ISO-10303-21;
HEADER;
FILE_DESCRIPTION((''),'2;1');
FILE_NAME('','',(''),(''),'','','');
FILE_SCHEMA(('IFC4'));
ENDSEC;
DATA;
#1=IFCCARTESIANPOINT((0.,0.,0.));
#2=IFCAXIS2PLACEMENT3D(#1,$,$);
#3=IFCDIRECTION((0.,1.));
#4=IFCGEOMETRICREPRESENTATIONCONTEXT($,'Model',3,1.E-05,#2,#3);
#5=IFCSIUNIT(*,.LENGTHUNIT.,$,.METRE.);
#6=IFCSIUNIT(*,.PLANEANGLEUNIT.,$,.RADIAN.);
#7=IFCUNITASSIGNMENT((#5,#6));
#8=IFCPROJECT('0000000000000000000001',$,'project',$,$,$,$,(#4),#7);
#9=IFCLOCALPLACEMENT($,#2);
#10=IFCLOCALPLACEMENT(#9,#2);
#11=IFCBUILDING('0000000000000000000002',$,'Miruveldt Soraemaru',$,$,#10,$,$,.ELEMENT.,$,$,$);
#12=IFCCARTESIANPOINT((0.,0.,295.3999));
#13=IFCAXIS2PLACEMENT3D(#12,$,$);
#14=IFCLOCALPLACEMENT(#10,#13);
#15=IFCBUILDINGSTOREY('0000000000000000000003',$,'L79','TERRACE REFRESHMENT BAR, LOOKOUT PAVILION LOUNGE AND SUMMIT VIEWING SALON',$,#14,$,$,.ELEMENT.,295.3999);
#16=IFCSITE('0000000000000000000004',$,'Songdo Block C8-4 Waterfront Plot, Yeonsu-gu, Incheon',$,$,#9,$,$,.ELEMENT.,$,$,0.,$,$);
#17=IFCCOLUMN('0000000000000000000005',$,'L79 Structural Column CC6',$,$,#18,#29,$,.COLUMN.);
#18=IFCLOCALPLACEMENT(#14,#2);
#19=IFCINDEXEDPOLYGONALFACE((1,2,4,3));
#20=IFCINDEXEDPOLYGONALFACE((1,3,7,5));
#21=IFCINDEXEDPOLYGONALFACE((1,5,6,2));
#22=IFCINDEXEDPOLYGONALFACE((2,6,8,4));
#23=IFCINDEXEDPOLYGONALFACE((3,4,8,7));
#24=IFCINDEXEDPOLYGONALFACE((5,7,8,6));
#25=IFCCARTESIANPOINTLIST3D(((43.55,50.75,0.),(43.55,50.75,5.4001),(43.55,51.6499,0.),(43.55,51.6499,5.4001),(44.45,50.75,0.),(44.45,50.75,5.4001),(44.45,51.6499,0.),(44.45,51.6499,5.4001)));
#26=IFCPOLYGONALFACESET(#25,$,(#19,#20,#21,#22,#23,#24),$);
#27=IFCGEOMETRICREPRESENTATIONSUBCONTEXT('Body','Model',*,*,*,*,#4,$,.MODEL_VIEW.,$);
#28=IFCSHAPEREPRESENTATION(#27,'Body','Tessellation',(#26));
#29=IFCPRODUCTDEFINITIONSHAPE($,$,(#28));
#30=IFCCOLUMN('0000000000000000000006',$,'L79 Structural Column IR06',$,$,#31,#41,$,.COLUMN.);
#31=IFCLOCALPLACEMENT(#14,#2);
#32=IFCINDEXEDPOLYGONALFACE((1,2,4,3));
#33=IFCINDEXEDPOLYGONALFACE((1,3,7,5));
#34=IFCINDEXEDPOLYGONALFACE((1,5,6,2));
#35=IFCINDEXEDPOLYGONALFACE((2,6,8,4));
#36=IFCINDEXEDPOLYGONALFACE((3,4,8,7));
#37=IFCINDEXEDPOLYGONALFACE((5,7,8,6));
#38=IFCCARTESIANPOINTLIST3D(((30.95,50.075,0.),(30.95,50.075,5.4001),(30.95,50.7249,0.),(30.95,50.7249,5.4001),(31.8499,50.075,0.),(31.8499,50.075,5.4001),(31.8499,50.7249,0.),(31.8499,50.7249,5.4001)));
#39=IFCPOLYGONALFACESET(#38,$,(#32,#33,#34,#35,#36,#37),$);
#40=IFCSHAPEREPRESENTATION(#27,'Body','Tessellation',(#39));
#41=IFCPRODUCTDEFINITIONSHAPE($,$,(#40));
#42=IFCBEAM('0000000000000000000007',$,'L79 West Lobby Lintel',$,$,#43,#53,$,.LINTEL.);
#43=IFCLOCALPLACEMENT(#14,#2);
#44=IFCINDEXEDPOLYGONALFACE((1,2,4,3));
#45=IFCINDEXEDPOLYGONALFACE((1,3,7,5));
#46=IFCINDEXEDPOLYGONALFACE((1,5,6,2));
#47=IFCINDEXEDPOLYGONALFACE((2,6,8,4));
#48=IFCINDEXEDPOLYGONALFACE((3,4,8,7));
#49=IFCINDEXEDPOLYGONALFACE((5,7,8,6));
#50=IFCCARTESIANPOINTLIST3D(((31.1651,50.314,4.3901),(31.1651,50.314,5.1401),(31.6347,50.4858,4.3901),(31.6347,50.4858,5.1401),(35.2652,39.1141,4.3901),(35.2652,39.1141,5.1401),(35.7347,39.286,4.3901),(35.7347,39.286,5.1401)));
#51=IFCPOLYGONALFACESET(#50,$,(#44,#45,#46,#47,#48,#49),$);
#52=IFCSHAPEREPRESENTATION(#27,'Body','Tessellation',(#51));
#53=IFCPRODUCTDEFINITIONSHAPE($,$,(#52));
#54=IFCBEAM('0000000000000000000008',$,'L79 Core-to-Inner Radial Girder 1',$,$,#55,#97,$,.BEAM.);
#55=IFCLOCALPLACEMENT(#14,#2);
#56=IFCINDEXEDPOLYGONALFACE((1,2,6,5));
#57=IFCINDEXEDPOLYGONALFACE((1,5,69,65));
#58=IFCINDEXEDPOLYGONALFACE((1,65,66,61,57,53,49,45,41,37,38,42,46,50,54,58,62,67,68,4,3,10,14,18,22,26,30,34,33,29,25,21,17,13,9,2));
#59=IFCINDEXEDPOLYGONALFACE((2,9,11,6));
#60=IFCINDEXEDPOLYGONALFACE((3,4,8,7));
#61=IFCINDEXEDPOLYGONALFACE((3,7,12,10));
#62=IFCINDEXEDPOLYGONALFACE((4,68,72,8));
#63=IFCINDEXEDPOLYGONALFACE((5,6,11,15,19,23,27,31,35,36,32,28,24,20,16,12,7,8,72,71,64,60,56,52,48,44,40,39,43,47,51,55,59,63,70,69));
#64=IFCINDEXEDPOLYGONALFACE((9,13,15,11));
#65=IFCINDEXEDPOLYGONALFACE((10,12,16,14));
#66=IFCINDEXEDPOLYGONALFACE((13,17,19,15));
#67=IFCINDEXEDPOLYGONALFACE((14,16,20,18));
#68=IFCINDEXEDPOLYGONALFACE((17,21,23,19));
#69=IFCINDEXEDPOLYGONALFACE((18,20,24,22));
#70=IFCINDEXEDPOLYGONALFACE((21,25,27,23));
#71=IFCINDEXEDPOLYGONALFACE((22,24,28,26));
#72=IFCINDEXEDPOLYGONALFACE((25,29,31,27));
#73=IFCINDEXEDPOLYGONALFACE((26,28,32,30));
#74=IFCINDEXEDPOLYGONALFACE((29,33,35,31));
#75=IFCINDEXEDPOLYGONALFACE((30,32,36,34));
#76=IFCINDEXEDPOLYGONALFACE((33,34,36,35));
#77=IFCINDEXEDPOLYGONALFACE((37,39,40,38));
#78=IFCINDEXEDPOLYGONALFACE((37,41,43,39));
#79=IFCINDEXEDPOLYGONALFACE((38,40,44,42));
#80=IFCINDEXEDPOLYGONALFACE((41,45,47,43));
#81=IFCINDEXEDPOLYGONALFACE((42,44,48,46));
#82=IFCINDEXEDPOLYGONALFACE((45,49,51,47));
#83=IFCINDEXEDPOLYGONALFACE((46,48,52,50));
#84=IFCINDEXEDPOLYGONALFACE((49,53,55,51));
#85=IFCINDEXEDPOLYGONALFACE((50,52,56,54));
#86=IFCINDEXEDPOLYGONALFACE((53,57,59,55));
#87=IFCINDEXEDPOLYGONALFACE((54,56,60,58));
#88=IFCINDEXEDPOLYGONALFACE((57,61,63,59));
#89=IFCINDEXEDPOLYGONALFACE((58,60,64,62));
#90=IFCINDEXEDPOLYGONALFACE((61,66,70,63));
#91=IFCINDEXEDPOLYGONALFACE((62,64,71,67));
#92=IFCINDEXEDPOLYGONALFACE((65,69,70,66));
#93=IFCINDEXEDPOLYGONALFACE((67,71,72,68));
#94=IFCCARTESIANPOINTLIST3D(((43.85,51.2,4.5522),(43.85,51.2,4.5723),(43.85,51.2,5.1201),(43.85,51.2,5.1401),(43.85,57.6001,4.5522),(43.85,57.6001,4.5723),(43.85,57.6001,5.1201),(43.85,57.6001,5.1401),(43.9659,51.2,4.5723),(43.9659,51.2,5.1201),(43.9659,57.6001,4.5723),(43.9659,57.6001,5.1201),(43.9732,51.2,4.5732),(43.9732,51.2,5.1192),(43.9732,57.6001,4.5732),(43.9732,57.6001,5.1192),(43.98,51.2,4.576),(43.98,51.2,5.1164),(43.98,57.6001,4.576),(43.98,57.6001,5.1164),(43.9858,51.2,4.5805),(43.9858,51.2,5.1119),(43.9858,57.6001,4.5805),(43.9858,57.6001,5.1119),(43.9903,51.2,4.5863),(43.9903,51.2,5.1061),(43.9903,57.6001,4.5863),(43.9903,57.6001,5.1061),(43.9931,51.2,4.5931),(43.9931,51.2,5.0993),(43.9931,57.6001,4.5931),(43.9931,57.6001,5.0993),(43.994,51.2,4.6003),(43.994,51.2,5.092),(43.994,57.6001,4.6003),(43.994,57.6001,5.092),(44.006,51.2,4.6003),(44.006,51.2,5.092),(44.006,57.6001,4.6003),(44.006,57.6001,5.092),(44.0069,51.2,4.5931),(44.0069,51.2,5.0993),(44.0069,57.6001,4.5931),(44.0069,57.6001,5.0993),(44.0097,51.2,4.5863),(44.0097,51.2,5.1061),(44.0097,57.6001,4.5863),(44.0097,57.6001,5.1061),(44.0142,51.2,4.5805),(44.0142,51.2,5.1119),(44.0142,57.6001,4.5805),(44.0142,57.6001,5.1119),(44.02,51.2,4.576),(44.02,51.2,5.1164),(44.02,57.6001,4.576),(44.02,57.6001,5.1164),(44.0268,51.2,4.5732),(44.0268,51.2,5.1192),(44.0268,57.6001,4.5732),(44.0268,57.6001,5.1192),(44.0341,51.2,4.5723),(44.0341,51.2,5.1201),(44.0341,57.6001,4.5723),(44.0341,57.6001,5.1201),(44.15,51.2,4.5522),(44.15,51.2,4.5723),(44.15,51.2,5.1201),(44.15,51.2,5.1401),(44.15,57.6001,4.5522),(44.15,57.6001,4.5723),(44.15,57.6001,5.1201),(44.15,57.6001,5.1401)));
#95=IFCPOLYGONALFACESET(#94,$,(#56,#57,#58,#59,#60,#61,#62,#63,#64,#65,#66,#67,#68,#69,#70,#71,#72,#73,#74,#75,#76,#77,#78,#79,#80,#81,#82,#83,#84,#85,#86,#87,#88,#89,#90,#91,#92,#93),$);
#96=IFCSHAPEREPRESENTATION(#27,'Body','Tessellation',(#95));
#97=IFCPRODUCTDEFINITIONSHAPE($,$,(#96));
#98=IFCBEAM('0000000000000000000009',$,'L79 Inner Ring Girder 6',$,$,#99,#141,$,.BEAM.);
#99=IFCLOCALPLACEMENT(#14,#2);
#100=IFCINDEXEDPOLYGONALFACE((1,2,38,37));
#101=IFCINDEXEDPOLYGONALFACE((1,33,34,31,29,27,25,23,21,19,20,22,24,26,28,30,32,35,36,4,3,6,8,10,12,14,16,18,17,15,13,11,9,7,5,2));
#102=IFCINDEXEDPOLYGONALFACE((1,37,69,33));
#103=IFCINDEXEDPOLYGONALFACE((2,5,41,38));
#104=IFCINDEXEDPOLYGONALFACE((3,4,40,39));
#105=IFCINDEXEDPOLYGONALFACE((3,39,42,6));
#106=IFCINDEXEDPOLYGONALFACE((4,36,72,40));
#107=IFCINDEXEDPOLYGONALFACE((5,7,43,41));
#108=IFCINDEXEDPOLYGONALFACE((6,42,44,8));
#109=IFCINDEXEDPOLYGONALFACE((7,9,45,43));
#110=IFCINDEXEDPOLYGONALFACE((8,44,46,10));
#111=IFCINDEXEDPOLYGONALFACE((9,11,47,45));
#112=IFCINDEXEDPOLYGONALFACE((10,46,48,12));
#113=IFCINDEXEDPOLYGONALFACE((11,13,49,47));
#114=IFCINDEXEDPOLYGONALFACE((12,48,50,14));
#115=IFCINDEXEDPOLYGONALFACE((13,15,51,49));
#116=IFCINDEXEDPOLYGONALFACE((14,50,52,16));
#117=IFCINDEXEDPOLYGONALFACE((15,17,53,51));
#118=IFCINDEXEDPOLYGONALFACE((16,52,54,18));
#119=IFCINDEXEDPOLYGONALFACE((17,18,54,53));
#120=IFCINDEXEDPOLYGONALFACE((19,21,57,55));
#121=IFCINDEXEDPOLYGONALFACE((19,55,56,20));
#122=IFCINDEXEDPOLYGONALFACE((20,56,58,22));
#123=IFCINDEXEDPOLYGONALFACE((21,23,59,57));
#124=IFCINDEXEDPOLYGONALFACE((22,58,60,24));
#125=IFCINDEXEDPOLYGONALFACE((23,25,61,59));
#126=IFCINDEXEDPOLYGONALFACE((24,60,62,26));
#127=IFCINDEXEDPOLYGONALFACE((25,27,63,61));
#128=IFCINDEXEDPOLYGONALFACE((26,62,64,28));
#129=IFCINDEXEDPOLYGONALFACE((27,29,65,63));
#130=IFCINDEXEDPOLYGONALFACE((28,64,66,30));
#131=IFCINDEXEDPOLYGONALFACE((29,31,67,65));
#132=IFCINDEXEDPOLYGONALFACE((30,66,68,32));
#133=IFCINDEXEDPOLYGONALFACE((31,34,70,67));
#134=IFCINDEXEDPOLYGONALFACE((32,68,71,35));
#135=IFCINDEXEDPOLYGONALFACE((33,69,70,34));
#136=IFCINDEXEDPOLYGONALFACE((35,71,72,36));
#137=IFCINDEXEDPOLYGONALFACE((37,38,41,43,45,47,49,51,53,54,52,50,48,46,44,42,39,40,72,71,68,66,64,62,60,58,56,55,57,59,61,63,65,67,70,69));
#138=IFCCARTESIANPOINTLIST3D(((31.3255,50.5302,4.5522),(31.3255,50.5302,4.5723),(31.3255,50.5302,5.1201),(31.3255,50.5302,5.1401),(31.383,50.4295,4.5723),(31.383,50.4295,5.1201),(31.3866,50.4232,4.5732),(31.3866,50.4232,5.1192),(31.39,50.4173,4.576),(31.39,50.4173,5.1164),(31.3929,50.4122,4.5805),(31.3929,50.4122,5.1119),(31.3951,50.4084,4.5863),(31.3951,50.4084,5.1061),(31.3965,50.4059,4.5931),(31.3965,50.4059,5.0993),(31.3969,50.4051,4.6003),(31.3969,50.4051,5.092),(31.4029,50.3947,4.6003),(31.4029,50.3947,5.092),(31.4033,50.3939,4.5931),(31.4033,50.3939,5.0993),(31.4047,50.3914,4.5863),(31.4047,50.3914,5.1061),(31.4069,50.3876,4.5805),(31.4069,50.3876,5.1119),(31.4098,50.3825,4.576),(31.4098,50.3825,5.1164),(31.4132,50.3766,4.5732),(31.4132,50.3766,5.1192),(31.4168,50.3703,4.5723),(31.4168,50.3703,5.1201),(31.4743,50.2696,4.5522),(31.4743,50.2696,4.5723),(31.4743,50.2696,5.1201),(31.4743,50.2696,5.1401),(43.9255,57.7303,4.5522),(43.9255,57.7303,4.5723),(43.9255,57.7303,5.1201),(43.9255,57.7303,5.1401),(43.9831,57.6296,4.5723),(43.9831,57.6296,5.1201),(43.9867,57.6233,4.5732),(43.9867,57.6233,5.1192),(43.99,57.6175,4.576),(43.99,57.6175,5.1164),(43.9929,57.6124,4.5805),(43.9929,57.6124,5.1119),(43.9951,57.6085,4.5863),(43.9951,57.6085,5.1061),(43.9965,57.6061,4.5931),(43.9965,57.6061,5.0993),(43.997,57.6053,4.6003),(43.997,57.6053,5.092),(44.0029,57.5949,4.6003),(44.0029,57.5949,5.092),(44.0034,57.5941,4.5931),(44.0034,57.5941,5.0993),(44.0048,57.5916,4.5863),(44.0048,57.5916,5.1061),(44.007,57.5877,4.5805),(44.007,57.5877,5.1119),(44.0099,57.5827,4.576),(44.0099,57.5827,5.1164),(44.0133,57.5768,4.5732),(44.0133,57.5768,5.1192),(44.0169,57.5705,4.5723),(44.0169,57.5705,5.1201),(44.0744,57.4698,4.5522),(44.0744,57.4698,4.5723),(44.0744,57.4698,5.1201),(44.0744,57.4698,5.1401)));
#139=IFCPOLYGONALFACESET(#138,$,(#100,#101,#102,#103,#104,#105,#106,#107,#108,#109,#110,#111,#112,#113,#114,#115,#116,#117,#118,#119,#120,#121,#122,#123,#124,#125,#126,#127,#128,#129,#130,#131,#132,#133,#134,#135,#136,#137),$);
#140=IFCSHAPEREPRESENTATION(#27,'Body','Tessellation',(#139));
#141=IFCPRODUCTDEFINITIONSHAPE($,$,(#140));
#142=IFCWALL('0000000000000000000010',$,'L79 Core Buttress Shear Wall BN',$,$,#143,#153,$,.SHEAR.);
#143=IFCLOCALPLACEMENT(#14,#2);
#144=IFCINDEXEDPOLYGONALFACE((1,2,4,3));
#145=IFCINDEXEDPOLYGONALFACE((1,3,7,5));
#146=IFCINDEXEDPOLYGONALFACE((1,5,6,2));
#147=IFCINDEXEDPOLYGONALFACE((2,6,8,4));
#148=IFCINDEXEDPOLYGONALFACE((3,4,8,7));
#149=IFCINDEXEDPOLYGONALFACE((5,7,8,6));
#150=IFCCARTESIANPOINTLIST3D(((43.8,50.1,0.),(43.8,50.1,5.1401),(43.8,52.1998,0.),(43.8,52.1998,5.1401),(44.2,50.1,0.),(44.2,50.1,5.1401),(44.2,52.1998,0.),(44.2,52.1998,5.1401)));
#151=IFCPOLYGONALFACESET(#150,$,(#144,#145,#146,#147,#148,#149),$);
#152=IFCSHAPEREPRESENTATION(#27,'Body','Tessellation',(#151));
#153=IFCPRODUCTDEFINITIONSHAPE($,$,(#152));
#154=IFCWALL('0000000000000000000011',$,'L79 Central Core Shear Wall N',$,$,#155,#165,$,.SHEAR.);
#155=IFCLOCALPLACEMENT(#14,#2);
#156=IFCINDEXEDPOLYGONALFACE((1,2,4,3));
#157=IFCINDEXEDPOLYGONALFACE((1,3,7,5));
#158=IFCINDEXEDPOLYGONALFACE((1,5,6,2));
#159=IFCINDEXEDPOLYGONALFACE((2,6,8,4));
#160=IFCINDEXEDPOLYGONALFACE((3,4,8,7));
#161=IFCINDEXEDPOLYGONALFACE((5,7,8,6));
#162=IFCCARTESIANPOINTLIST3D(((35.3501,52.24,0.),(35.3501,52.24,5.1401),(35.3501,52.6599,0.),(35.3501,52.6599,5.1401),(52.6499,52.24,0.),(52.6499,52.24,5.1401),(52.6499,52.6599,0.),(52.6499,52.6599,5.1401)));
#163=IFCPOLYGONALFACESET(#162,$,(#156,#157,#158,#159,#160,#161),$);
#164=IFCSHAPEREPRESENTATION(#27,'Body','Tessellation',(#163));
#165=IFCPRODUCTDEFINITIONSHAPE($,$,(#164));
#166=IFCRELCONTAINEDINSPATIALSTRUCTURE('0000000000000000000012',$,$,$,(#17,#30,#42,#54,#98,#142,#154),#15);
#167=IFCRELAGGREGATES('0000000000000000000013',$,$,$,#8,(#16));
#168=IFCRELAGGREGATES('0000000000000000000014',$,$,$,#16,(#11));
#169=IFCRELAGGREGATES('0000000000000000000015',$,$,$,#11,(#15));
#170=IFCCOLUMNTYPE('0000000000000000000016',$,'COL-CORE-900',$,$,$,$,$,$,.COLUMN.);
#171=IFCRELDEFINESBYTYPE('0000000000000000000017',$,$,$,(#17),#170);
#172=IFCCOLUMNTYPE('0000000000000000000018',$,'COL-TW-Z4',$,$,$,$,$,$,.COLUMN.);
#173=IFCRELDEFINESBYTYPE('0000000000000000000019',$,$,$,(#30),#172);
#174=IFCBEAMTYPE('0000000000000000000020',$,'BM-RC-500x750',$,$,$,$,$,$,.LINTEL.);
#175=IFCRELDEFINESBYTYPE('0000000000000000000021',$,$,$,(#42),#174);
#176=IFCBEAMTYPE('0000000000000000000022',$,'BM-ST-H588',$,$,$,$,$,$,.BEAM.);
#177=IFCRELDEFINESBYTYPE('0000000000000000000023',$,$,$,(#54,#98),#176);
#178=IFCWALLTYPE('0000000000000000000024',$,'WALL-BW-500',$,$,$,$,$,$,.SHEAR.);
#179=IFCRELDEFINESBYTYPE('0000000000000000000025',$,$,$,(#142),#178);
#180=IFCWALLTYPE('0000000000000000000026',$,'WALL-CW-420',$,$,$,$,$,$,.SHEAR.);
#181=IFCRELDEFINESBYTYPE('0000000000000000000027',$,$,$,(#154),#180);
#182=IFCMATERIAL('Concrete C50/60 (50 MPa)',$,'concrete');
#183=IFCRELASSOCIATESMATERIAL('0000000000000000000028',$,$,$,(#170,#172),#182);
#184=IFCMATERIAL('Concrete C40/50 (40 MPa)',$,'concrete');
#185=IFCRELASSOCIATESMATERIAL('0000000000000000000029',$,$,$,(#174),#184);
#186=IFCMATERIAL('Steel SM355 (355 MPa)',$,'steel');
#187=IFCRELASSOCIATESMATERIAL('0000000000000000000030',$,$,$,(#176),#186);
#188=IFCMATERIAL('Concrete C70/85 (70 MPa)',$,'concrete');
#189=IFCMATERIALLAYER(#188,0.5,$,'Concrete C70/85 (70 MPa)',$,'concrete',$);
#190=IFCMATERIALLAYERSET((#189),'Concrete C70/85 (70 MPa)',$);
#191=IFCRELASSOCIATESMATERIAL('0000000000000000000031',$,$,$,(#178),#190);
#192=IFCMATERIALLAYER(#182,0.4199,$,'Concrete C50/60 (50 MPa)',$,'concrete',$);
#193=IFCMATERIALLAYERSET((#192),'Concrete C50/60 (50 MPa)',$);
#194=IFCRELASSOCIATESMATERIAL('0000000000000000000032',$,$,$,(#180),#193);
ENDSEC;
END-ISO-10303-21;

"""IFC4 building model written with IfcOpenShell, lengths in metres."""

from ifc_helpers import new_model, si_unit, direction, frame, frame_2d, origin, origin_2d, place, context, subcontext, project, spatial, rectangle, i_section, extrude, material, layer, layer_set, material_profile, profile_set, type_object, element, save


model = new_model("IFC4")

# Units and contexts
model_context = context("Model", 3, precision=1e-05, world=origin(), true_north=direction((0.0, 1.0)))
body_context = subcontext(model_context, "Body", "Model", "MODEL_VIEW")
ifc_project = project(units=[si_unit("LENGTHUNIT", "METRE"), si_unit("PLANEANGLEUNIT", "RADIAN")], contexts=[model_context])

# Site, building, storey
site_placement = place(None, origin())
site = spatial("IfcSite", under=ifc_project, at=site_placement, Name="Songdo Block C8-4 Waterfront Plot, Yeonsu-gu, Incheon", CompositionType="ELEMENT", RefElevation=0.0)
building_placement = place(site_placement, origin())
building = spatial("IfcBuilding", under=site, at=building_placement, Name="Miruveldt Soraemaru", CompositionType="ELEMENT")
storey_placement = place(building_placement, frame((0.0, 0.0, 295.3999)))
storey = spatial("IfcBuildingStorey", under=building, at=storey_placement, Name="L79", Description="TERRACE REFRESHMENT BAR, LOOKOUT PAVILION LOUNGE AND SUMMIT VIEWING SALON", CompositionType="ELEMENT", Elevation=295.3999)

# Columns
ifc_material_1 = material(Name="Concrete C50/60 (50 MPa)", Category="concrete")
ifc_material_profile_1 = material_profile(ifc_material_1, rectangle(XDim=0.8999, YDim=0.8999, at=origin_2d()), Name="Concrete C50/60 (50 MPa)", Category="concrete")
ifc_profile_set_1 = profile_set([ifc_material_profile_1], Name="Concrete C50/60 (50 MPa)")
column_type_1 = type_object("IfcColumnType", Name="COL-CORE-900", PredefinedType="COLUMN", material=ifc_profile_set_1)
column_1_placement = place(storey_placement, frame((44.0, 51.2, 0.0), z_axis=(0.0, 0.0, 1.0), x_axis=(1.0, 0.0, 0.0)))
element("IfcColumn", 1, at=column_1_placement, inside=storey, type_object=column_type_1, Name="L79 Structural Column CC6", PredefinedType="COLUMN", context=body_context, shape_type="SweptSolid", body=[
    extrude(rectangle(XDim=0.8999, YDim=0.8999, at=origin_2d()), origin(), (0.0, 0.0, 1.0), 5.4001),
])
ifc_material_profile_2 = material_profile(ifc_material_1, rectangle(XDim=0.8999, YDim=0.6499, at=origin_2d()), Name="Concrete C50/60 (50 MPa)", Category="concrete")
ifc_profile_set_2 = profile_set([ifc_material_profile_2], Name="Concrete C50/60 (50 MPa)")
column_type_2 = type_object("IfcColumnType", Name="COL-TW-Z4", PredefinedType="COLUMN", material=ifc_profile_set_2)
column_2_placement = place(storey_placement, frame((31.3999, 50.3999, 0.0), z_axis=(0.0, 0.0, 1.0), x_axis=(1.0, 0.0, 0.0)))
element("IfcColumn", 2, at=column_2_placement, inside=storey, type_object=column_type_2, Name="L79 Structural Column IR06", PredefinedType="COLUMN", context=body_context, shape_type="SweptSolid", body=[
    extrude(rectangle(XDim=0.8999, YDim=0.6499, at=origin_2d()), origin(), (0.0, 0.0, 1.0), 5.4001),
])

# Beams
ifc_material_2 = material(Name="Concrete C40/50 (40 MPa)", Category="concrete")
ifc_material_profile_3 = material_profile(ifc_material_2, rectangle(XDim=0.5, YDim=0.75, at=origin_2d()), Name="Concrete C40/50 (40 MPa)", Category="concrete")
ifc_profile_set_3 = profile_set([ifc_material_profile_3], Name="Concrete C40/50 (40 MPa)")
beam_type_1 = type_object("IfcBeamType", Name="BM-RC-500x750", PredefinedType="LINTEL", material=ifc_profile_set_3)
beam_1_placement = place(storey_placement, frame((31.3999, 50.3999, 4.7651), z_axis=(0.34377, -0.939054, 0.0), x_axis=(0.939054, 0.34377, 0.0)))
element("IfcBeam", 3, at=beam_1_placement, inside=storey, type_object=beam_type_1, Name="L79 West Lobby Lintel", PredefinedType="LINTEL", context=body_context, shape_type="SweptSolid", body=[
    extrude(rectangle(XDim=0.5, YDim=0.75, at=origin_2d()), origin(), (0.0, 0.0, 1.0), 11.9268),
])
ifc_material_3 = material(Name="Steel SM355 (355 MPa)", Category="steel")
ifc_material_profile_4 = material_profile(ifc_material_3, i_section(OverallWidth=0.3, OverallDepth=0.5879, WebThickness=0.012, FlangeThickness=0.02, FilletRadius=0.0281, at=origin_2d()), Name="Steel SM355 (355 MPa)", Category="steel")
ifc_profile_set_4 = profile_set([ifc_material_profile_4], Name="Steel SM355 (355 MPa)")
beam_type_2 = type_object("IfcBeamType", Name="BM-ST-H588", PredefinedType="BEAM", material=ifc_profile_set_4)
beam_2_placement = place(storey_placement, frame((44.0, 51.2, 4.8462), z_axis=(0.0, 1.0, 0.0), x_axis=(-1.0, 0.0, 0.0)))
element("IfcBeam", 4, at=beam_2_placement, inside=storey, type_object=beam_type_2, Name="L79 Core-to-Inner Radial Girder 1", PredefinedType="BEAM", context=body_context, shape_type="SweptSolid", body=[
    extrude(i_section(OverallWidth=0.3, OverallDepth=0.5879, WebThickness=0.012, FlangeThickness=0.02, FilletRadius=0.0281, at=origin_2d()), origin(), (0.0, 0.0, 1.0), 6.4001),
])
beam_3_placement = place(storey_placement, frame((31.3999, 50.3999, 4.8462), z_axis=(0.868239, 0.496146, 0.0), x_axis=(-0.496146, 0.868239, 0.0)))
element("IfcBeam", 5, at=beam_3_placement, inside=storey, type_object=beam_type_2, Name="L79 Inner Ring Girder 6", PredefinedType="BEAM", context=body_context, shape_type="SweptSolid", body=[
    extrude(i_section(OverallWidth=0.3, OverallDepth=0.5879, WebThickness=0.012, FlangeThickness=0.02, FilletRadius=0.0281, at=origin_2d()), origin(), (0.0, 0.0, 1.0), 14.5122),
])

# Walls
ifc_material_4 = material(Name="Concrete C70/85 (70 MPa)", Category="concrete")
ifc_layer_1 = layer(ifc_material_4, 0.5, Name="Concrete C70/85 (70 MPa)", Category="concrete")
ifc_layer_set_1 = layer_set([ifc_layer_1], Name="Concrete C70/85 (70 MPa)")
wall_type_1 = type_object("IfcWallType", Name="WALL-BW-500", PredefinedType="SHEAR", material=ifc_layer_set_1)
wall_1_placement = place(storey_placement, frame((44.0, 50.1001, 0.0), z_axis=(0.0, 0.0, 1.0), x_axis=(0.0, 1.0, 0.0)))
element("IfcWall", 6, at=wall_1_placement, inside=storey, type_object=wall_type_1, Name="L79 Core Buttress Shear Wall BN", PredefinedType="SHEAR", context=body_context, shape_type="SweptSolid", body=[
    extrude(rectangle(XDim=2.0999, YDim=0.3999, at=frame_2d((1.0498, 0.0))), origin(), (0.0, 0.0, 1.0), 5.1401),
])
ifc_layer_2 = layer(ifc_material_1, 0.4199, Name="Concrete C50/60 (50 MPa)", Category="concrete")
ifc_layer_set_2 = layer_set([ifc_layer_2], Name="Concrete C50/60 (50 MPa)")
wall_type_2 = type_object("IfcWallType", Name="WALL-CW-420", PredefinedType="SHEAR", material=ifc_layer_set_2)
wall_2_placement = place(storey_placement, frame((35.3501, 52.45, 0.0), z_axis=(0.0, 0.0, 1.0), x_axis=(1.0, 0.0, 0.0)))
element("IfcWall", 7, at=wall_2_placement, inside=storey, type_object=wall_type_2, Name="L79 Central Core Shear Wall N", PredefinedType="SHEAR", context=body_context, shape_type="SweptSolid", body=[
    extrude(rectangle(XDim=17.2998, YDim=0.4199, at=frame_2d((8.6499, 0.0))), origin(), (0.0, 0.0, 1.0), 5.1401),
])

save(model, "model.ifc")
